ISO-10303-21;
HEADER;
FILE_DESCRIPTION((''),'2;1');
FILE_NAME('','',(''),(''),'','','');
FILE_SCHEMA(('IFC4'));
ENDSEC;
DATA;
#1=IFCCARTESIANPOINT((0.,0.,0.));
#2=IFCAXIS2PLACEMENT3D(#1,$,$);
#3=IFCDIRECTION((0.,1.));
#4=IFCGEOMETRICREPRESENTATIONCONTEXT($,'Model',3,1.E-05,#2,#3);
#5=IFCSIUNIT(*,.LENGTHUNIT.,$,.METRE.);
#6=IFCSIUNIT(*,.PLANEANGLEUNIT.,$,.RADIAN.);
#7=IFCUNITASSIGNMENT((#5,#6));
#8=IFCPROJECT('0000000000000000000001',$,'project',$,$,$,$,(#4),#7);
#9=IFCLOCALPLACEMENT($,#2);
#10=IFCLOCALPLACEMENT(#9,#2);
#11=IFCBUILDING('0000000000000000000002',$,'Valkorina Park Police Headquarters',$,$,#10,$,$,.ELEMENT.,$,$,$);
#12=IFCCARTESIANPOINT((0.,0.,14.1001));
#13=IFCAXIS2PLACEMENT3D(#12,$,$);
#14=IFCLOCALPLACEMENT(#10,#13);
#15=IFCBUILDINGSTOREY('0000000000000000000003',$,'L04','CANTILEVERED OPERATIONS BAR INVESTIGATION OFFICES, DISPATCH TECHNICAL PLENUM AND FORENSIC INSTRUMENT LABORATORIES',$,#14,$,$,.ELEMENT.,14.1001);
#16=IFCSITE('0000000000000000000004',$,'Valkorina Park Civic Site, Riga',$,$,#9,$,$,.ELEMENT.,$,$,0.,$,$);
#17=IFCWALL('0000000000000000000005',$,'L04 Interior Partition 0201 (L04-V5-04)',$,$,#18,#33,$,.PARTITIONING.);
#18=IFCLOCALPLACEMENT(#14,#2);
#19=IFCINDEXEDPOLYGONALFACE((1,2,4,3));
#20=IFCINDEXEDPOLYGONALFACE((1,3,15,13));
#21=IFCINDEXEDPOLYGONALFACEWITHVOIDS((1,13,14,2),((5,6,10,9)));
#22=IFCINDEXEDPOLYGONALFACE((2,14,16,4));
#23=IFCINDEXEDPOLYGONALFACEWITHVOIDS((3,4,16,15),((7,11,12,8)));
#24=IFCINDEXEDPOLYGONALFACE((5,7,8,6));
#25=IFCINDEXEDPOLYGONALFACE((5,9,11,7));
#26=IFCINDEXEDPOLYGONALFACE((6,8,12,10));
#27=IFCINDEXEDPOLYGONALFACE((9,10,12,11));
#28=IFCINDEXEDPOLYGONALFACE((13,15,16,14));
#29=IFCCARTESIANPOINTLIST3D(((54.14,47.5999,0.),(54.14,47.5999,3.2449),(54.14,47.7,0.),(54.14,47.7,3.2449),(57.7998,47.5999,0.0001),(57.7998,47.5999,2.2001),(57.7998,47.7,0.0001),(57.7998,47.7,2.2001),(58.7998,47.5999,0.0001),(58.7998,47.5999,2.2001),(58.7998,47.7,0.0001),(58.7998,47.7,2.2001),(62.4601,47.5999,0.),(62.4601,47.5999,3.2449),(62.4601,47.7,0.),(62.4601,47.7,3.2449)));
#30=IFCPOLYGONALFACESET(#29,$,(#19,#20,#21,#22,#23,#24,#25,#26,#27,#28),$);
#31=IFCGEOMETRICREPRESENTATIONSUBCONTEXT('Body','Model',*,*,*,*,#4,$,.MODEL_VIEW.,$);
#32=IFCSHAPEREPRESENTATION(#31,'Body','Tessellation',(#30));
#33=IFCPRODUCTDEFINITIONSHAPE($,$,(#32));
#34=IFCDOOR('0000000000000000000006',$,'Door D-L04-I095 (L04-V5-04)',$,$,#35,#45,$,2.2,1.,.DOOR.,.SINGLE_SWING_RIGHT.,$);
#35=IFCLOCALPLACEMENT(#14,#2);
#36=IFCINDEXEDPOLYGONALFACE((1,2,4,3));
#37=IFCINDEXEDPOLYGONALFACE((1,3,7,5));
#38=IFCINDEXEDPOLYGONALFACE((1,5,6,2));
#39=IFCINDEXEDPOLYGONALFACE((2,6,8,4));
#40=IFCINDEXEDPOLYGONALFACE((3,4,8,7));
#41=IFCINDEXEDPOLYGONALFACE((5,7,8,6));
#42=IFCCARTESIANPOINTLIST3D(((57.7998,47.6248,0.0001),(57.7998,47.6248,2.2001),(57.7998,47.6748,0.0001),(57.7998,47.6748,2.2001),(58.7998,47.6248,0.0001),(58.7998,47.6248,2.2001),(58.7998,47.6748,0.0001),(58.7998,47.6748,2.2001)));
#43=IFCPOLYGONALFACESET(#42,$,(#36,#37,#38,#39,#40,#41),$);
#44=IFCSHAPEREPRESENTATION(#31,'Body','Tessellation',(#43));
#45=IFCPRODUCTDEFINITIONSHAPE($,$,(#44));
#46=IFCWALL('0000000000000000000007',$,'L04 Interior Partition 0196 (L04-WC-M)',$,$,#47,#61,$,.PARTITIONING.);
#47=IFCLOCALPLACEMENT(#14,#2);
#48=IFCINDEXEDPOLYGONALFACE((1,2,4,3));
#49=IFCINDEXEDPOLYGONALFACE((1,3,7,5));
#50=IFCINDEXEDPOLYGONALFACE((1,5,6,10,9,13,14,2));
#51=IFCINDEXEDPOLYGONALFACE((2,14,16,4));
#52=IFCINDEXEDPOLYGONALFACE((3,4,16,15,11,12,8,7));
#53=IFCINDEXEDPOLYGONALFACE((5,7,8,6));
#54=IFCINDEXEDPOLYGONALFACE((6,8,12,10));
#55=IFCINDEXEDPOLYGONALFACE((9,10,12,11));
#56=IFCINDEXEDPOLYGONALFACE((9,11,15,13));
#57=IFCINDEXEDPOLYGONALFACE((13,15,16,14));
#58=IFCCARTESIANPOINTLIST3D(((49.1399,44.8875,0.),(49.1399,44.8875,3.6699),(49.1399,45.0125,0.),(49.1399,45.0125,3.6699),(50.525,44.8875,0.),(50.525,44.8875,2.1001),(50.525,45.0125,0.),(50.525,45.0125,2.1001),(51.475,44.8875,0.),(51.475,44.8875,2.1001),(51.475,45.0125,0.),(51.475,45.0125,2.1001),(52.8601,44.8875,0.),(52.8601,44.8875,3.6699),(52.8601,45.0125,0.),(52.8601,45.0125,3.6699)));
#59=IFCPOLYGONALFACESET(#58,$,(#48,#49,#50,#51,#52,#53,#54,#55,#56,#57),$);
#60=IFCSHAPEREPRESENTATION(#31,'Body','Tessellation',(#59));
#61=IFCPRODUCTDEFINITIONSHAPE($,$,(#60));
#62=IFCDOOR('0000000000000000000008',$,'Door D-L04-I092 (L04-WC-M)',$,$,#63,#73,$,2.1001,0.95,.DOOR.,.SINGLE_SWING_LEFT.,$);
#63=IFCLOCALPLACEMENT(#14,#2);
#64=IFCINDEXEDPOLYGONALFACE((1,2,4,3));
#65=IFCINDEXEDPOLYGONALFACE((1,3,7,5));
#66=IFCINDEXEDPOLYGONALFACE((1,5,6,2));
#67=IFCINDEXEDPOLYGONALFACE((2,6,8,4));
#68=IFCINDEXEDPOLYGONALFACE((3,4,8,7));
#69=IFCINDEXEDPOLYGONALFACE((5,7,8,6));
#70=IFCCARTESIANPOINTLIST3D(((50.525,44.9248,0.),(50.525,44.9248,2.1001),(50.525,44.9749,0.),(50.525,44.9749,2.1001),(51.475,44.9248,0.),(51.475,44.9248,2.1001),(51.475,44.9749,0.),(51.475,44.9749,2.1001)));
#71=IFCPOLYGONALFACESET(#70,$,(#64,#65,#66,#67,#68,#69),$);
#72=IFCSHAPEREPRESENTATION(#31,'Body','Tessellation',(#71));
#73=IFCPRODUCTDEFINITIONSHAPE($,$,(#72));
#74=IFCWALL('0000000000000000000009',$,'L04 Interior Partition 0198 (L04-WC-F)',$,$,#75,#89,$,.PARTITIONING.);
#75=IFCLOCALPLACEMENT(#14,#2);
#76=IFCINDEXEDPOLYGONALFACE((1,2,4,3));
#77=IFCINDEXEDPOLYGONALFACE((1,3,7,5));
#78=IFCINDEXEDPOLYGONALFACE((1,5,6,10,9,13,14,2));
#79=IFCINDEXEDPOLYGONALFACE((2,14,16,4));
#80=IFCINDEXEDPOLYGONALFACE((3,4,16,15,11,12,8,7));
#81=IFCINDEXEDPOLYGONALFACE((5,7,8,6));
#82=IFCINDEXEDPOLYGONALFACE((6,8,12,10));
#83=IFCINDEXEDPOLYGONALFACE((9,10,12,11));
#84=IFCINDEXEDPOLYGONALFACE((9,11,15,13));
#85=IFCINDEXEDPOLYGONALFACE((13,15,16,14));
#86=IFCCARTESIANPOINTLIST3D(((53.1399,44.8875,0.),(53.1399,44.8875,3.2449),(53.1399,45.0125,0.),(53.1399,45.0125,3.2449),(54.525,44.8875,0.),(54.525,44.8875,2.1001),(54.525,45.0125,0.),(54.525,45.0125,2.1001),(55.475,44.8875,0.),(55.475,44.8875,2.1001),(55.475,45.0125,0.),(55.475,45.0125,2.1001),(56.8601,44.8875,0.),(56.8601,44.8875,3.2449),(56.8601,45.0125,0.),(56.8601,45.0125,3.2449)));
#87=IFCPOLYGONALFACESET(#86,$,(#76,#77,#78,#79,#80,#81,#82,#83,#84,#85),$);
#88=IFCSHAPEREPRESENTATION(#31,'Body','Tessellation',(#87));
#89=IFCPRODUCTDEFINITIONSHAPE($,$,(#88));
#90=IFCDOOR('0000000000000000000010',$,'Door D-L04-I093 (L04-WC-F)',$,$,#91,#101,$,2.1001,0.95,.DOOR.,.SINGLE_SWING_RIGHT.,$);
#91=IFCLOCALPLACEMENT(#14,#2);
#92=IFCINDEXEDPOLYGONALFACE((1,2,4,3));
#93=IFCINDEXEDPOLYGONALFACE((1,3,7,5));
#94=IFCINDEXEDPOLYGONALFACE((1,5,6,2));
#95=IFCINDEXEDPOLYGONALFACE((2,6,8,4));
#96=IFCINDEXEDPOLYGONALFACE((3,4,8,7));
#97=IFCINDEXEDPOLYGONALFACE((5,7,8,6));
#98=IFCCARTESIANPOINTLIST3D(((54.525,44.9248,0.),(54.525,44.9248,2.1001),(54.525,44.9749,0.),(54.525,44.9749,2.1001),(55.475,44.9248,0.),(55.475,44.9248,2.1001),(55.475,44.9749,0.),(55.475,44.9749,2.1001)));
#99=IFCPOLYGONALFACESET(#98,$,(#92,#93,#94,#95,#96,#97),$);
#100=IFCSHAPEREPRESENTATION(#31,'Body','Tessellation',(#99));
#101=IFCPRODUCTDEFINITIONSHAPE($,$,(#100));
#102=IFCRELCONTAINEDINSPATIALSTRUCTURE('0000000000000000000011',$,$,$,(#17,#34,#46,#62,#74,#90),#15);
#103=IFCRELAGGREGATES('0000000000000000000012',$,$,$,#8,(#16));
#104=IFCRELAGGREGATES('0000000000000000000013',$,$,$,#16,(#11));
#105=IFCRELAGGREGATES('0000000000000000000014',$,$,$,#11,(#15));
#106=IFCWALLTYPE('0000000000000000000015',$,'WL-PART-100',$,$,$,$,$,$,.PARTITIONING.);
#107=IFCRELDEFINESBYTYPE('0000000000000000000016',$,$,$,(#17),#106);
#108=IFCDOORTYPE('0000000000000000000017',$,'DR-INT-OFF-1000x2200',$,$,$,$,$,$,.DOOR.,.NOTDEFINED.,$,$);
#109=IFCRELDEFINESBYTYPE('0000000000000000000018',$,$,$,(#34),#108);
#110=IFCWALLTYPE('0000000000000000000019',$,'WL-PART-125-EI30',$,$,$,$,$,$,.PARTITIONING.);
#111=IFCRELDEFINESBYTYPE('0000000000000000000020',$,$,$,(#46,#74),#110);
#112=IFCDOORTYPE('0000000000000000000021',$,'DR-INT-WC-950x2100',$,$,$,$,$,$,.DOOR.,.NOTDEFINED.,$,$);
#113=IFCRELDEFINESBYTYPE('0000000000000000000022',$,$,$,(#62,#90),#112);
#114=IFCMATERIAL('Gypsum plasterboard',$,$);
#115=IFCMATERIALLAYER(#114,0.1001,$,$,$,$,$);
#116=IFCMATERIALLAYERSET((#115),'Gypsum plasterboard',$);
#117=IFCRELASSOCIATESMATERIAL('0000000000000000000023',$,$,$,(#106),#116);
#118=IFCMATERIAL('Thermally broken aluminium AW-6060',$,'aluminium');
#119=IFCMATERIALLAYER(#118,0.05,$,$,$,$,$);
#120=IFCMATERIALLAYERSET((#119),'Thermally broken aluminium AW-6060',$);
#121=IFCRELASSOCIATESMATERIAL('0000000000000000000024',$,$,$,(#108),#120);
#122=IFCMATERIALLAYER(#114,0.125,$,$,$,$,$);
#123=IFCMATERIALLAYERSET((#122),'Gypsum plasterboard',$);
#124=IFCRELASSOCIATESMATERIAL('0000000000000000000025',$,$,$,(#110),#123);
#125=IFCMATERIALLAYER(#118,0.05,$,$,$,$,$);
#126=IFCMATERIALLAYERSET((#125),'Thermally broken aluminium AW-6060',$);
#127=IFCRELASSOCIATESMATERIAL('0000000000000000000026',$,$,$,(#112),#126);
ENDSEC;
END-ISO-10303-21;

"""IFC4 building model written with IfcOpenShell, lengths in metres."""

from ifc_helpers import new_model, si_unit, direction, frame, frame_2d, origin, place, context, subcontext, project, spatial, rectangle, extrude, material, layer, layer_set, type_object, element, fill, save


model = new_model("IFC4")

# Units and contexts
model_context = context("Model", 3, precision=1e-05, world=origin(), true_north=direction((0.0, 1.0)))
body_context = subcontext(model_context, "Body", "Model", "MODEL_VIEW")
ifc_project = project(units=[si_unit("LENGTHUNIT", "METRE"), si_unit("PLANEANGLEUNIT", "RADIAN")], contexts=[model_context])

# Site, building, storey
site_placement = place(None, origin())
site = spatial("IfcSite", under=ifc_project, at=site_placement, Name="Valkorina Park Civic Site, Riga", CompositionType="ELEMENT", RefElevation=0.0)
building_placement = place(site_placement, origin())
building = spatial("IfcBuilding", under=site, at=building_placement, Name="Valkorina Park Police Headquarters", CompositionType="ELEMENT")
storey_placement = place(building_placement, frame((0.0, 0.0, 14.1001)))
storey = spatial("IfcBuildingStorey", under=building, at=storey_placement, Name="L04", Description="CANTILEVERED OPERATIONS BAR INVESTIGATION OFFICES, DISPATCH TECHNICAL PLENUM AND FORENSIC INSTRUMENT LABORATORIES", CompositionType="ELEMENT", Elevation=14.1001)

# Shared definitions
ifc_material_1 = material(Name="Thermally broken aluminium AW-6060", Category="aluminium")

# Walls, openings, doors
ifc_material_2 = material(Name="Gypsum plasterboard")
ifc_layer_1 = layer(ifc_material_2, 0.1001)
ifc_layer_set_1 = layer_set([ifc_layer_1], Name="Gypsum plasterboard")
wall_type_1 = type_object("IfcWallType", Name="WL-PART-100", PredefinedType="PARTITIONING", material=ifc_layer_set_1)
wall_1_placement = place(storey_placement, frame((54.1399, 47.6499, 0.0), z_axis=(0.0, 0.0, 1.0), x_axis=(1.0, 0.0, 0.0)))
wall_1 = element("IfcWall", 1, at=wall_1_placement, inside=storey, type_object=wall_type_1, Name="L04 Interior Partition 0201 (L04-V5-04)", PredefinedType="PARTITIONING", context=body_context, shape_type="SweptSolid", body=[
    extrude(rectangle(XDim=8.3201, YDim=0.1001, at=frame_2d((4.1602, 0.0))), origin(), (0.0, 0.0, 1.0), 3.2449),
])
opening_1_placement = place(wall_1_placement, frame((3.6599, 0.0, 0.0)))
opening_1 = element("IfcOpeningElement", 2, at=opening_1_placement, cuts=wall_1, PredefinedType="OPENING", context=body_context, shape_type="SweptSolid", body=[
    extrude(rectangle(XDim=1.0, YDim=2.2, at=frame_2d((0.5, 1.1001))), frame((0.0, 0.0601, 0.0), z_axis=(0.0, -1.0, 0.0), x_axis=(1.0, 0.0, 0.0)), (0.0, 0.0, 1.0), 0.1201),
])
ifc_layer_2 = layer(ifc_material_1, 0.05)
ifc_layer_set_2 = layer_set([ifc_layer_2], Name="Thermally broken aluminium AW-6060")
door_type_1 = type_object("IfcDoorType", Name="DR-INT-OFF-1000x2200", OperationType="NOTDEFINED", PredefinedType="DOOR", material=ifc_layer_set_2)
door_1_placement = place(opening_1_placement, origin())
door_1 = element("IfcDoor", 3, at=door_1_placement, inside=storey, type_object=door_type_1, Name="Door D-L04-I095 (L04-V5-04)", OperationType="SINGLE_SWING_RIGHT", OverallHeight=2.2, OverallWidth=1.0, PredefinedType="DOOR", context=body_context, shape_type="SweptSolid", body=[
    extrude(rectangle(XDim=1.0, YDim=2.2, at=frame_2d((0.5, 1.1001))), frame((0.0, 0.0249, 0.0), z_axis=(0.0, -1.0, 0.0), x_axis=(1.0, 0.0, 0.0)), (0.0, 0.0, 1.0), 0.05),
])
fill(opening_1, door_1)
ifc_layer_3 = layer(ifc_material_2, 0.125)
ifc_layer_set_3 = layer_set([ifc_layer_3], Name="Gypsum plasterboard")
wall_type_2 = type_object("IfcWallType", Name="WL-PART-125-EI30", PredefinedType="PARTITIONING", material=ifc_layer_set_3)
wall_2_placement = place(storey_placement, frame((49.1399, 44.95, 0.0), z_axis=(0.0, 0.0, 1.0), x_axis=(1.0, 0.0, 0.0)))
wall_2 = element("IfcWall", 4, at=wall_2_placement, inside=storey, type_object=wall_type_2, Name="L04 Interior Partition 0196 (L04-WC-M)", PredefinedType="PARTITIONING", context=body_context, shape_type="SweptSolid", body=[
    extrude(rectangle(XDim=3.7202, YDim=0.125, at=frame_2d((1.8601, 0.0))), origin(), (0.0, 0.0, 1.0), 3.6699),
])
opening_2_placement = place(wall_2_placement, frame((1.385, 0.0, 0.0)))
opening_2 = element("IfcOpeningElement", 5, at=opening_2_placement, cuts=wall_2, PredefinedType="OPENING", context=body_context, shape_type="SweptSolid", body=[
    extrude(rectangle(XDim=0.95, YDim=2.1001, at=frame_2d((0.4751, 1.05))), frame((0.0, 0.0725, 0.0), z_axis=(0.0, -1.0, 0.0), x_axis=(1.0, 0.0, 0.0)), (0.0, 0.0, 1.0), 0.145),
])
ifc_layer_4 = layer(ifc_material_1, 0.05)
ifc_layer_set_4 = layer_set([ifc_layer_4], Name="Thermally broken aluminium AW-6060")
door_type_2 = type_object("IfcDoorType", Name="DR-INT-WC-950x2100", OperationType="NOTDEFINED", PredefinedType="DOOR", material=ifc_layer_set_4)
door_2_placement = place(opening_2_placement, origin())
door_2 = element("IfcDoor", 6, at=door_2_placement, inside=storey, type_object=door_type_2, Name="Door D-L04-I092 (L04-WC-M)", OperationType="SINGLE_SWING_LEFT", OverallHeight=2.1001, OverallWidth=0.95, PredefinedType="DOOR", context=body_context, shape_type="SweptSolid", body=[
    extrude(rectangle(XDim=0.95, YDim=2.1001, at=frame_2d((0.4751, 1.05))), frame((0.0, 0.0249, 0.0), z_axis=(0.0, -1.0, 0.0), x_axis=(1.0, 0.0, 0.0)), (0.0, 0.0, 1.0), 0.05),
])
fill(opening_2, door_2)
wall_3_placement = place(storey_placement, frame((53.1399, 44.95, 0.0), z_axis=(0.0, 0.0, 1.0), x_axis=(1.0, 0.0, 0.0)))
wall_3 = element("IfcWall", 7, at=wall_3_placement, inside=storey, type_object=wall_type_2, Name="L04 Interior Partition 0198 (L04-WC-F)", PredefinedType="PARTITIONING", context=body_context, shape_type="SweptSolid", body=[
    extrude(rectangle(XDim=3.7202, YDim=0.125, at=frame_2d((1.8601, 0.0))), origin(), (0.0, 0.0, 1.0), 3.2449),
])
opening_3_placement = place(wall_3_placement, frame((1.385, 0.0, 0.0)))
opening_3 = element("IfcOpeningElement", 8, at=opening_3_placement, cuts=wall_3, PredefinedType="OPENING", context=body_context, shape_type="SweptSolid", body=[
    extrude(rectangle(XDim=0.95, YDim=2.1001, at=frame_2d((0.4751, 1.05))), frame((0.0, 0.0725, 0.0), z_axis=(0.0, -1.0, 0.0), x_axis=(1.0, 0.0, 0.0)), (0.0, 0.0, 1.0), 0.145),
])
door_3_placement = place(opening_3_placement, origin())
door_3 = element("IfcDoor", 9, at=door_3_placement, inside=storey, type_object=door_type_2, Name="Door D-L04-I093 (L04-WC-F)", OperationType="SINGLE_SWING_RIGHT", OverallHeight=2.1001, OverallWidth=0.95, PredefinedType="DOOR", context=body_context, shape_type="SweptSolid", body=[
    extrude(rectangle(XDim=0.95, YDim=2.1001, at=frame_2d((0.4751, 1.05))), frame((0.0, 0.0249, 0.0), z_axis=(0.0, -1.0, 0.0), x_axis=(1.0, 0.0, 0.0)), (0.0, 0.0, 1.0), 0.05),
])
fill(opening_3, door_3)

save(model, "model.ifc")
